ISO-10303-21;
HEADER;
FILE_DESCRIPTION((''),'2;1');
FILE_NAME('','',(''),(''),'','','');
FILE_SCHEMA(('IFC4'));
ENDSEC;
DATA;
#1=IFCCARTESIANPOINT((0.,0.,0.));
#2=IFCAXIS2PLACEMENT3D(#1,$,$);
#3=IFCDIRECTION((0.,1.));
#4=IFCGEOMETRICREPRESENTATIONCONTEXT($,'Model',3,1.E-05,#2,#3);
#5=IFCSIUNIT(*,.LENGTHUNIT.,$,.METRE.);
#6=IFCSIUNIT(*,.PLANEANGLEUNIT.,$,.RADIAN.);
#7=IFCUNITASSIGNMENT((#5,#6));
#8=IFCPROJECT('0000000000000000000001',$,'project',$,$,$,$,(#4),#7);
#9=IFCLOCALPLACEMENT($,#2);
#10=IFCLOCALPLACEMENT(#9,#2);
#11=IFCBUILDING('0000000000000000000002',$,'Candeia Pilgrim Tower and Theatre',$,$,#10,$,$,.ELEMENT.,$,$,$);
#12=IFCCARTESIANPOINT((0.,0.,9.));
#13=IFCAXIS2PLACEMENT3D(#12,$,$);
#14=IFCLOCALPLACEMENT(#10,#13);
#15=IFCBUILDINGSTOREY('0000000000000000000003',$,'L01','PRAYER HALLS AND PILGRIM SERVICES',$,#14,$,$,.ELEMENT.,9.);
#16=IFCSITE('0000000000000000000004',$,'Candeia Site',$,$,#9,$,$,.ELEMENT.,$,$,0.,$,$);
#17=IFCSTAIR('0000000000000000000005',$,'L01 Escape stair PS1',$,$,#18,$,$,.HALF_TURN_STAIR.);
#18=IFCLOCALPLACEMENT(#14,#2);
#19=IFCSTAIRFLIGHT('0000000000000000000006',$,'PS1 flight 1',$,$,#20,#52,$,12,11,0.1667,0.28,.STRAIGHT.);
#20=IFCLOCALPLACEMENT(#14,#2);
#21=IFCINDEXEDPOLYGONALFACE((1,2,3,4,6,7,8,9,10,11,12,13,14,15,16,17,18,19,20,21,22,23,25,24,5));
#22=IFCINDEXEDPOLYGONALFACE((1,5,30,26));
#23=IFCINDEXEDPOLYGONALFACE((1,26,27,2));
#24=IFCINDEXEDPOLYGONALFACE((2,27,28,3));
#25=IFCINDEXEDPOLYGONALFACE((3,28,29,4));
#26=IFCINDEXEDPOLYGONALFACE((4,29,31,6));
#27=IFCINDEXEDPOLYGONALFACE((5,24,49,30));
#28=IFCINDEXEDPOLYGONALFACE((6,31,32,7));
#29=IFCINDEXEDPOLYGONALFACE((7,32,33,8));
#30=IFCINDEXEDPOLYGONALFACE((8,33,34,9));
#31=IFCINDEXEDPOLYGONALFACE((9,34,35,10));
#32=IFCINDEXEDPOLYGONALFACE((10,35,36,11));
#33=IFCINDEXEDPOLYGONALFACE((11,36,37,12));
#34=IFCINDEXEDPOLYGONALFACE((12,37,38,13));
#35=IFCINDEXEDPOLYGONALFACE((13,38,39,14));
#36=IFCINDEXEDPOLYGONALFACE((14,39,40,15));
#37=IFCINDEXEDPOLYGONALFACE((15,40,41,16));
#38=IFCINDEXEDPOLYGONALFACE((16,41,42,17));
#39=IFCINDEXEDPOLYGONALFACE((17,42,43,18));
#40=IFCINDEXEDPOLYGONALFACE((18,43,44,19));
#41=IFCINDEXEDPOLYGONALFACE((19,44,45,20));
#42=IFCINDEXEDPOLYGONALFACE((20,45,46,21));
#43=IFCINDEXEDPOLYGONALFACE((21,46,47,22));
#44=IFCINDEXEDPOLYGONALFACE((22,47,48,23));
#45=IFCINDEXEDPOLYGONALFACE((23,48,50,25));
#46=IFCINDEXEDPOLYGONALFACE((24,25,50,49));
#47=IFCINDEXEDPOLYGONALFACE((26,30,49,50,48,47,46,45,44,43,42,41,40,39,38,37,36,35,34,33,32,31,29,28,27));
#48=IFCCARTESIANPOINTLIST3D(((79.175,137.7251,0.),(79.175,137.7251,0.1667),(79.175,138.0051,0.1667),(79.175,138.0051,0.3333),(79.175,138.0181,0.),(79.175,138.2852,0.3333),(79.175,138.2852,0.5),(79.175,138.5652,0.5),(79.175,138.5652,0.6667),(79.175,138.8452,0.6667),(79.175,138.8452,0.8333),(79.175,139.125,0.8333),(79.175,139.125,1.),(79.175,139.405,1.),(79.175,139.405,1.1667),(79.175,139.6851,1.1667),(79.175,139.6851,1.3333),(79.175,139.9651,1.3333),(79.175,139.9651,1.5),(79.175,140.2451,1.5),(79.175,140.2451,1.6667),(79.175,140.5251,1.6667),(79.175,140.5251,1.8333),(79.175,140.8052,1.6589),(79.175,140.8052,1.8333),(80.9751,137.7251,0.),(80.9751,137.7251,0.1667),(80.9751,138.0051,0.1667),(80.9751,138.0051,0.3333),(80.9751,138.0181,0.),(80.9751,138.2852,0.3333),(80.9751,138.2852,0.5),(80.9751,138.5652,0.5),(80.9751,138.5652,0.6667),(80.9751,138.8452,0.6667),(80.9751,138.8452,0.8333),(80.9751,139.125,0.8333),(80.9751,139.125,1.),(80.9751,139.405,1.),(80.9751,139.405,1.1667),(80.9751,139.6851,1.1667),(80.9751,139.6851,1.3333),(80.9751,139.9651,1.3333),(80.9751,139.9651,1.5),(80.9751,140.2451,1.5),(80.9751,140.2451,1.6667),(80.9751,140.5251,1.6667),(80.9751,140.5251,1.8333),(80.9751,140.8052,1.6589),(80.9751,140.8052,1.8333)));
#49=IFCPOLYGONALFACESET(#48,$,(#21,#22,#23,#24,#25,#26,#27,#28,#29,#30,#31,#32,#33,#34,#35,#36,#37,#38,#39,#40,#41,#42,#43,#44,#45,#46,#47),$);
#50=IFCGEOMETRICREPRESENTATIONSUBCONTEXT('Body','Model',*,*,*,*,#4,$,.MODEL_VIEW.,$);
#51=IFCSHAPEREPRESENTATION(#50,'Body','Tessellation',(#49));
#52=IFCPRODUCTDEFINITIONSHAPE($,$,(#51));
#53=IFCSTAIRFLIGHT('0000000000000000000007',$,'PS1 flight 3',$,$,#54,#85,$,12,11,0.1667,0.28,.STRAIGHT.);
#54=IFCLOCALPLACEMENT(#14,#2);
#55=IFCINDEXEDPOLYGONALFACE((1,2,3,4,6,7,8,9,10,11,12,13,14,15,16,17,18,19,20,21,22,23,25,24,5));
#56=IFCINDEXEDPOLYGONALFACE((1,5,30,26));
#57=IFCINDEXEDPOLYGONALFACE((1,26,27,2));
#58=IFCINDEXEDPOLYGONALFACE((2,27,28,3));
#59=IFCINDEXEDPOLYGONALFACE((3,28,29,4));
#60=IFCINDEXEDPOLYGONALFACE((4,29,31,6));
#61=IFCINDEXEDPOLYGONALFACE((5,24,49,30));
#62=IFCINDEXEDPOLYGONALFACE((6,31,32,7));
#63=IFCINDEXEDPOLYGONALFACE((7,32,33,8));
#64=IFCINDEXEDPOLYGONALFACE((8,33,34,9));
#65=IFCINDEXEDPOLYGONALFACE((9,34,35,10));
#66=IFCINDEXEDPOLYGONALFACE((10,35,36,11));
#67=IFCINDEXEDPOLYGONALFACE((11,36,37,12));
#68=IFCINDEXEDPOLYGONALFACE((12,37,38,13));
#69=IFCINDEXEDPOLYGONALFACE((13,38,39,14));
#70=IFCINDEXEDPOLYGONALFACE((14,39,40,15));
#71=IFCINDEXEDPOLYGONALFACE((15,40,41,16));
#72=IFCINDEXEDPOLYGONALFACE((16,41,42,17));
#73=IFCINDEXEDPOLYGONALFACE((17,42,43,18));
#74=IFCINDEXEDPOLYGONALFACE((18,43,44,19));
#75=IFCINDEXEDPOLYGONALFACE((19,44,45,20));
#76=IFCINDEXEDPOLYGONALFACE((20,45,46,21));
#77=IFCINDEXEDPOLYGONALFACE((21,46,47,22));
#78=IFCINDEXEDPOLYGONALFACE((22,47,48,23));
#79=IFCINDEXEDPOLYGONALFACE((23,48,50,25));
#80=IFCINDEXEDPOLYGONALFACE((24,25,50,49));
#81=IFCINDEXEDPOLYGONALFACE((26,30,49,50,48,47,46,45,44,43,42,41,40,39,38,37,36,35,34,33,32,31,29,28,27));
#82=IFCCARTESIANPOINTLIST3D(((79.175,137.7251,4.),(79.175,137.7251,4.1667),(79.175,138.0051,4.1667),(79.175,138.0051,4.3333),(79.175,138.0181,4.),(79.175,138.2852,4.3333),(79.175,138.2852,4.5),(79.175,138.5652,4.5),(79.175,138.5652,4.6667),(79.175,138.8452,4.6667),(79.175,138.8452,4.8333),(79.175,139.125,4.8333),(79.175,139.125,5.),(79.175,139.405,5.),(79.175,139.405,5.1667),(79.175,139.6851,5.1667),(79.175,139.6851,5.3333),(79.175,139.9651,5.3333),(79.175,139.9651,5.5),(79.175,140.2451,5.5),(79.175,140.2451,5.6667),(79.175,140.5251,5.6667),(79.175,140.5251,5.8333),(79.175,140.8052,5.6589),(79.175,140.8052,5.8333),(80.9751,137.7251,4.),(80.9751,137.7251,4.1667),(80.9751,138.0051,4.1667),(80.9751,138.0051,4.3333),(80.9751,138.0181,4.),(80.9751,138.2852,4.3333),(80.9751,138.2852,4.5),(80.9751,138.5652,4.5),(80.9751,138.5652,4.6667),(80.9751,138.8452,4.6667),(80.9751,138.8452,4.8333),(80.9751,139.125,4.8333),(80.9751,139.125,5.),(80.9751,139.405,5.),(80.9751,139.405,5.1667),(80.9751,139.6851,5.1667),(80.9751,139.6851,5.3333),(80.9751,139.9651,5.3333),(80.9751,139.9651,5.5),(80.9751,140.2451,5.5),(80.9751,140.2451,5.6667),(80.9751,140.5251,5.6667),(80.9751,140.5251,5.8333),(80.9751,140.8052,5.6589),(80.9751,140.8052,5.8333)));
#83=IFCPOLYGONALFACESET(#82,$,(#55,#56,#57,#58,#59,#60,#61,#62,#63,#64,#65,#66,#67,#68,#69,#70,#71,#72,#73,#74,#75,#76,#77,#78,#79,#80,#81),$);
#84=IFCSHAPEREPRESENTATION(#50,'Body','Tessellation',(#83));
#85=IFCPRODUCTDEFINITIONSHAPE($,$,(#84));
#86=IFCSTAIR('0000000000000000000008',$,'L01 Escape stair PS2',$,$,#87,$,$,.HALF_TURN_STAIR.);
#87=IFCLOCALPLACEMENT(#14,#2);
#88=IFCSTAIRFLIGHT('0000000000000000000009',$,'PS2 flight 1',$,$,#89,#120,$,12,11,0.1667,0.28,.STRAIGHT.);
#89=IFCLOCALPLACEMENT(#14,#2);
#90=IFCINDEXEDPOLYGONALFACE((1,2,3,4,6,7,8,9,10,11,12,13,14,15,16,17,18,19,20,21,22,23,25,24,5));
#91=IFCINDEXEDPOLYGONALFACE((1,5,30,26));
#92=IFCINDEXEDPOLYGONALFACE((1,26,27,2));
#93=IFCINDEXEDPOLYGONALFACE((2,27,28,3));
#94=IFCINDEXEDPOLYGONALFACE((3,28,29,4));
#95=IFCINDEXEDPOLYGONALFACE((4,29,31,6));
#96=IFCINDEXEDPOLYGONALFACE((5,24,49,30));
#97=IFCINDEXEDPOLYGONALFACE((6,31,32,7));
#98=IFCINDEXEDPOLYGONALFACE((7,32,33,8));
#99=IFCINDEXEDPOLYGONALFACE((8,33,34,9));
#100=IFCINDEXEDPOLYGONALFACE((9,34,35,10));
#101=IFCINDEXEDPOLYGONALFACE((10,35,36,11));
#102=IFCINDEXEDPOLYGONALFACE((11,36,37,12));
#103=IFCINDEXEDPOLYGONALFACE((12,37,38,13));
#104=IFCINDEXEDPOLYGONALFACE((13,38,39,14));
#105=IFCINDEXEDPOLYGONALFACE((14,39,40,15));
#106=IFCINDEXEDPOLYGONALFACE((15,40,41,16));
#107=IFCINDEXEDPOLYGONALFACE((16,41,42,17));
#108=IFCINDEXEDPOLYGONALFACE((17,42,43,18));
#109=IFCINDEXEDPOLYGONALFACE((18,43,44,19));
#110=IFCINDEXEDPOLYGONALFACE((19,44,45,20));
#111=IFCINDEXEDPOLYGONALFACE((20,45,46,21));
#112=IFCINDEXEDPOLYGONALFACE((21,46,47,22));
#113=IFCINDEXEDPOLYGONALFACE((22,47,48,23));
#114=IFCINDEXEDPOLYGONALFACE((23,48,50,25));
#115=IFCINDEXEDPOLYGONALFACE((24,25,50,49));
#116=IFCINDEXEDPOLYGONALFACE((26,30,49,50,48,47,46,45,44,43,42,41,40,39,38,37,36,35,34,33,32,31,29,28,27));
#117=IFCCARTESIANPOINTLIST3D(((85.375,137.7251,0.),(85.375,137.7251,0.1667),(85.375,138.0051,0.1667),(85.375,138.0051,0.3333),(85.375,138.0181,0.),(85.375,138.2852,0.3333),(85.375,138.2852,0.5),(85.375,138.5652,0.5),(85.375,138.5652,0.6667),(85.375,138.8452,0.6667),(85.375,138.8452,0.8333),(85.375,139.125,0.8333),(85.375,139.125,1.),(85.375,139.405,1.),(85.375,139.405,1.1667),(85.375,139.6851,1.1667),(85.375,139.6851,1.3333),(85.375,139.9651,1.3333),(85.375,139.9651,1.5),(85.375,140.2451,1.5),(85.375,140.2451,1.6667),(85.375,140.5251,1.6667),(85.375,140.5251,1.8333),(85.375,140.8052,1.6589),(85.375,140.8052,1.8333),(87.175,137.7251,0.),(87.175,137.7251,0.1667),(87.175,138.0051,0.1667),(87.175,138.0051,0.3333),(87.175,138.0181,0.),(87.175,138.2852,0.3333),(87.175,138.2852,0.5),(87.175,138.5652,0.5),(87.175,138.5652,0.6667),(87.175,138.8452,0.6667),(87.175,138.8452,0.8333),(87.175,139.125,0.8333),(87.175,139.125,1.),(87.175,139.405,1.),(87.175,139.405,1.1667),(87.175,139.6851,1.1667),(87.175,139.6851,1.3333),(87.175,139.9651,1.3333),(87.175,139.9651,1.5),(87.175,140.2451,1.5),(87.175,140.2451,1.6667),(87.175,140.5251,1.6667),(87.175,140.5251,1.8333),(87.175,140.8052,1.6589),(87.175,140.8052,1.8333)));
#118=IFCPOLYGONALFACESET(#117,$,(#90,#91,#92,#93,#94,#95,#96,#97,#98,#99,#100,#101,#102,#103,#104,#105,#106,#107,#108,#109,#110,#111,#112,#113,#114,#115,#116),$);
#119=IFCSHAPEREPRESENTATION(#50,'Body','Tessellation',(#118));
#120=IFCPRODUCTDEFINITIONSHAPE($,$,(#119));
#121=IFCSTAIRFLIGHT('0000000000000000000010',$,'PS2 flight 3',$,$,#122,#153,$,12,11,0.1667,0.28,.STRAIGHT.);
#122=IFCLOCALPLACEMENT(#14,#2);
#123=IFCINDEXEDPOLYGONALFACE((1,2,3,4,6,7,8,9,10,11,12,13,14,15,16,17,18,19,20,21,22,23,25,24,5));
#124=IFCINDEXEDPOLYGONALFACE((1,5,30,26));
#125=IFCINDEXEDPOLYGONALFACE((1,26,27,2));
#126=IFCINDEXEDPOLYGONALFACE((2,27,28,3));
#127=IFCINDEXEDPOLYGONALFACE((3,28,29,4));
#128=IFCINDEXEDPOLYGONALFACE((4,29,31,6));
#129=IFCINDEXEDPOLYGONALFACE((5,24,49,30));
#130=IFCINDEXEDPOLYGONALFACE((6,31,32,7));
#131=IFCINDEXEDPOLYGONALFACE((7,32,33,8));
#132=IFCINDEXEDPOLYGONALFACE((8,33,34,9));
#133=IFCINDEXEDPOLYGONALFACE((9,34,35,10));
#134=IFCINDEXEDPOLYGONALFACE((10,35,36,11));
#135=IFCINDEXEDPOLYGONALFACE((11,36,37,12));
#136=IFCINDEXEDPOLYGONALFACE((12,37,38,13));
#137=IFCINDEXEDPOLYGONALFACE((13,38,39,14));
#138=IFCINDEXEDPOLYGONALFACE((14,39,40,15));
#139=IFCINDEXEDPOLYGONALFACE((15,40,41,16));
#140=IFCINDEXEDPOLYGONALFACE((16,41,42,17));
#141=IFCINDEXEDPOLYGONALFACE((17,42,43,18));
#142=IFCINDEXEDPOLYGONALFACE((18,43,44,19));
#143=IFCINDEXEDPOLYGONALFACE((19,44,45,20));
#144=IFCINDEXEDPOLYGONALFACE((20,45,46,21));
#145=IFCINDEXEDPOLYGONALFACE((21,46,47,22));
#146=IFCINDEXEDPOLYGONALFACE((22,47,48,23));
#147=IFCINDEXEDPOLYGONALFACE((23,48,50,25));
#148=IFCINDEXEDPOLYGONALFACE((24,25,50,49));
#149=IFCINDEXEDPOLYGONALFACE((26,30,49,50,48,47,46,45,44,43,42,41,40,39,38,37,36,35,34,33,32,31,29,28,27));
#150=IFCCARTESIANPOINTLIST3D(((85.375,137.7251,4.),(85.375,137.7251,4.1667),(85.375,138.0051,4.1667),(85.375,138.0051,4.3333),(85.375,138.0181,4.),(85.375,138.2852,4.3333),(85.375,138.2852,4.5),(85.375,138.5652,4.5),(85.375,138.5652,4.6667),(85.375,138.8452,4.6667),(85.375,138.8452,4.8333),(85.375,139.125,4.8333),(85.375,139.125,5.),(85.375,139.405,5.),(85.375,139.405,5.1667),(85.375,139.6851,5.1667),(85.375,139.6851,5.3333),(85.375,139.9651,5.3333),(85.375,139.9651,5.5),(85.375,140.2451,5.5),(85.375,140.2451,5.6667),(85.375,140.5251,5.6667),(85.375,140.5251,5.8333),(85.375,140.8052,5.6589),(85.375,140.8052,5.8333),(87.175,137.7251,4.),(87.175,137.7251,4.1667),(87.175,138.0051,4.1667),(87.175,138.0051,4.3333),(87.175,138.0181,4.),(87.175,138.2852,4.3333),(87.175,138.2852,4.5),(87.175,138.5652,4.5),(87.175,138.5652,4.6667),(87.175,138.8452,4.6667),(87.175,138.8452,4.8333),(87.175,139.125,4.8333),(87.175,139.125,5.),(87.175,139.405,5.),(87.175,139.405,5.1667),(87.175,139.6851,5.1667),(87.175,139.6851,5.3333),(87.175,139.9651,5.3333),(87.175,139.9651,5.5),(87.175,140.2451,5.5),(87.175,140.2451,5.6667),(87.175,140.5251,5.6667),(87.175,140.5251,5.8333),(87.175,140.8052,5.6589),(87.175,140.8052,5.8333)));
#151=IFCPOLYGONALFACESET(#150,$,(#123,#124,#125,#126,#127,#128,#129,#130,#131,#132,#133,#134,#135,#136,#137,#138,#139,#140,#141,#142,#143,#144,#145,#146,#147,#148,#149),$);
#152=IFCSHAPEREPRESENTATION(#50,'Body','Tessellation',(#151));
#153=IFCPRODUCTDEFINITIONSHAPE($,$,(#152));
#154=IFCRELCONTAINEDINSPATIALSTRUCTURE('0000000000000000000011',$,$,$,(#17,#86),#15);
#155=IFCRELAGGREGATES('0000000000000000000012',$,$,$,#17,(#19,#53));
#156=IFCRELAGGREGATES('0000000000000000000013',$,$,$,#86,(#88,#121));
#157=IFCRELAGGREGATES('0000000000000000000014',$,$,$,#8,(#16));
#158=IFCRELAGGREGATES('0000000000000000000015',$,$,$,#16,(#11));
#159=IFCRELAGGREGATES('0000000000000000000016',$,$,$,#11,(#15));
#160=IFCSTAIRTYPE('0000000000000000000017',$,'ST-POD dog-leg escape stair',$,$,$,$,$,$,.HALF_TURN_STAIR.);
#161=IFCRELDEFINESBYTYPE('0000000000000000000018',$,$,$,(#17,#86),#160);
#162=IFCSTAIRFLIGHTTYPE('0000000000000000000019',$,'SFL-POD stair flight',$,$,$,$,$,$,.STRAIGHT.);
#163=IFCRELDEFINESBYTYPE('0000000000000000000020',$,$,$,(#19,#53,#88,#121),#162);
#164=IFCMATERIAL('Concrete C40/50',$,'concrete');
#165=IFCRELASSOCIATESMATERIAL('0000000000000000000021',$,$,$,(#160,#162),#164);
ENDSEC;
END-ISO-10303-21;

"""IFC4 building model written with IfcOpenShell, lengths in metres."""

from ifc_helpers import new_model, si_unit, direction, frame, origin, place, context, subcontext, project, spatial, polyline, outline, extrude, material, type_object, element, aggregate, save


model = new_model("IFC4")

# Units and contexts
model_context = context("Model", 3, precision=1e-05, world=origin(), true_north=direction((0.0, 1.0)))
body_context = subcontext(model_context, "Body", "Model", "MODEL_VIEW")
ifc_project = project(units=[si_unit("LENGTHUNIT", "METRE"), si_unit("PLANEANGLEUNIT", "RADIAN")], contexts=[model_context])

# Site, building, storey
site_placement = place(None, origin())
site = spatial("IfcSite", under=ifc_project, at=site_placement, Name="Candeia Site", CompositionType="ELEMENT", RefElevation=0.0)
building_placement = place(site_placement, origin())
building = spatial("IfcBuilding", under=site, at=building_placement, Name="Candeia Pilgrim Tower and Theatre", CompositionType="ELEMENT")
storey_placement = place(building_placement, frame((0.0, 0.0, 9.0)))
storey = spatial("IfcBuildingStorey", under=building, at=storey_placement, Name="L01", Description="PRAYER HALLS AND PILGRIM SERVICES", CompositionType="ELEMENT", Elevation=9.0)

# Shared definitions
ifc_material_1 = material(Name="Concrete C40/50", Category="concrete")

# Stairs, stair flights
stair_type = type_object("IfcStairType", Name="ST-POD dog-leg escape stair", PredefinedType="HALF_TURN_STAIR", material=ifc_material_1)
stair_1_placement = place(storey_placement, origin())
stair_1 = element("IfcStair", 1, at=stair_1_placement, inside=storey, type_object=stair_type, Name="L01 Escape stair PS1", PredefinedType="HALF_TURN_STAIR")
stair_flight_type = type_object("IfcStairFlightType", Name="SFL-POD stair flight", PredefinedType="STRAIGHT", material=ifc_material_1)
stair_flight_1_placement = place(storey_placement, frame((80.075, 137.7251, 0.0), z_axis=(0.0, 0.0, 1.0), x_axis=(0.0, 1.0, 0.0)))
stair_flight_1 = element("IfcStairFlight", 2, at=stair_flight_1_placement, type_object=stair_flight_type, Name="PS1 flight 1", NumberOfRisers=12, NumberOfTreads=11, PredefinedType="STRAIGHT", RiserHeight=0.1667, TreadLength=0.28, context=body_context, shape_type="SweptSolid", body=[
    extrude(outline(polyline([(0.0, 0.0), (0.0, 0.1667), (0.28, 0.1667), (0.28, 0.3333), (0.5601, 0.3333), (0.5601, 0.5), (0.8401, 0.5), (0.8401, 0.6667), (1.1201, 0.6667), (1.1201, 0.8333), (1.3999, 0.8333), (1.3999, 1.0), (1.6799, 1.0), (1.6799, 1.1667), (1.96, 1.1667), (1.96, 1.3333), (2.24, 1.3333), (2.24, 1.5), (2.52, 1.5), (2.52, 1.6667), (2.8, 1.6667), (2.8, 1.8333), (3.0801, 1.8333), (3.0801, 2.0), (3.0801, 1.6589), (0.293, 0.0), (0.0, 0.0)])), frame((0.0, 0.8999, 0.0), z_axis=(0.0, -1.0, 0.0), x_axis=(1.0, 0.0, 0.0)), (0.0, 0.0, 1.0), 1.8),
])
stair_flight_2_placement = place(storey_placement, frame((80.075, 137.7251, 4.0), z_axis=(0.0, 0.0, 1.0), x_axis=(0.0, 1.0, 0.0)))
stair_flight_2 = element("IfcStairFlight", 3, at=stair_flight_2_placement, type_object=stair_flight_type, Name="PS1 flight 3", NumberOfRisers=12, NumberOfTreads=11, PredefinedType="STRAIGHT", RiserHeight=0.1667, TreadLength=0.28, context=body_context, shape_type="SweptSolid", body=[
    extrude(outline(polyline([(0.0, 0.0), (0.0, 0.1667), (0.28, 0.1667), (0.28, 0.3333), (0.5601, 0.3333), (0.5601, 0.5), (0.8401, 0.5), (0.8401, 0.6667), (1.1201, 0.6667), (1.1201, 0.8333), (1.3999, 0.8333), (1.3999, 1.0), (1.6799, 1.0), (1.6799, 1.1667), (1.96, 1.1667), (1.96, 1.3333), (2.24, 1.3333), (2.24, 1.5), (2.52, 1.5), (2.52, 1.6667), (2.8, 1.6667), (2.8, 1.8333), (3.0801, 1.8333), (3.0801, 2.0), (3.0801, 1.6589), (0.293, 0.0), (0.0, 0.0)])), frame((0.0, 0.8999, 0.0), z_axis=(0.0, -1.0, 0.0), x_axis=(1.0, 0.0, 0.0)), (0.0, 0.0, 1.0), 1.8),
])
aggregate(stair_1, [stair_flight_1, stair_flight_2])
stair_2_placement = place(storey_placement, origin())
stair_2 = element("IfcStair", 4, at=stair_2_placement, inside=storey, type_object=stair_type, Name="L01 Escape stair PS2", PredefinedType="HALF_TURN_STAIR")
stair_flight_3_placement = place(storey_placement, frame((86.2749, 137.7251, 0.0), z_axis=(0.0, 0.0, 1.0), x_axis=(0.0, 1.0, 0.0)))
stair_flight_3 = element("IfcStairFlight", 5, at=stair_flight_3_placement, type_object=stair_flight_type, Name="PS2 flight 1", NumberOfRisers=12, NumberOfTreads=11, PredefinedType="STRAIGHT", RiserHeight=0.1667, TreadLength=0.28, context=body_context, shape_type="SweptSolid", body=[
    extrude(outline(polyline([(0.0, 0.0), (0.0, 0.1667), (0.28, 0.1667), (0.28, 0.3333), (0.5601, 0.3333), (0.5601, 0.5), (0.8401, 0.5), (0.8401, 0.6667), (1.1201, 0.6667), (1.1201, 0.8333), (1.3999, 0.8333), (1.3999, 1.0), (1.6799, 1.0), (1.6799, 1.1667), (1.96, 1.1667), (1.96, 1.3333), (2.24, 1.3333), (2.24, 1.5), (2.52, 1.5), (2.52, 1.6667), (2.8, 1.6667), (2.8, 1.8333), (3.0801, 1.8333), (3.0801, 2.0), (3.0801, 1.6589), (0.293, 0.0), (0.0, 0.0)])), frame((0.0, 0.8999, 0.0), z_axis=(0.0, -1.0, 0.0), x_axis=(1.0, 0.0, 0.0)), (0.0, 0.0, 1.0), 1.8),
])
stair_flight_4_placement = place(storey_placement, frame((86.2749, 137.7251, 4.0), z_axis=(0.0, 0.0, 1.0), x_axis=(0.0, 1.0, 0.0)))
stair_flight_4 = element("IfcStairFlight", 6, at=stair_flight_4_placement, type_object=stair_flight_type, Name="PS2 flight 3", NumberOfRisers=12, NumberOfTreads=11, PredefinedType="STRAIGHT", RiserHeight=0.1667, TreadLength=0.28, context=body_context, shape_type="SweptSolid", body=[
    extrude(outline(polyline([(0.0, 0.0), (0.0, 0.1667), (0.28, 0.1667), (0.28, 0.3333), (0.5601, 0.3333), (0.5601, 0.5), (0.8401, 0.5), (0.8401, 0.6667), (1.1201, 0.6667), (1.1201, 0.8333), (1.3999, 0.8333), (1.3999, 1.0), (1.6799, 1.0), (1.6799, 1.1667), (1.96, 1.1667), (1.96, 1.3333), (2.24, 1.3333), (2.24, 1.5), (2.52, 1.5), (2.52, 1.6667), (2.8, 1.6667), (2.8, 1.8333), (3.0801, 1.8333), (3.0801, 2.0), (3.0801, 1.6589), (0.293, 0.0), (0.0, 0.0)])), frame((0.0, 0.8999, 0.0), z_axis=(0.0, -1.0, 0.0), x_axis=(1.0, 0.0, 0.0)), (0.0, 0.0, 1.0), 1.8),
])
aggregate(stair_2, [stair_flight_3, stair_flight_4])

save(model, "model.ifc")
